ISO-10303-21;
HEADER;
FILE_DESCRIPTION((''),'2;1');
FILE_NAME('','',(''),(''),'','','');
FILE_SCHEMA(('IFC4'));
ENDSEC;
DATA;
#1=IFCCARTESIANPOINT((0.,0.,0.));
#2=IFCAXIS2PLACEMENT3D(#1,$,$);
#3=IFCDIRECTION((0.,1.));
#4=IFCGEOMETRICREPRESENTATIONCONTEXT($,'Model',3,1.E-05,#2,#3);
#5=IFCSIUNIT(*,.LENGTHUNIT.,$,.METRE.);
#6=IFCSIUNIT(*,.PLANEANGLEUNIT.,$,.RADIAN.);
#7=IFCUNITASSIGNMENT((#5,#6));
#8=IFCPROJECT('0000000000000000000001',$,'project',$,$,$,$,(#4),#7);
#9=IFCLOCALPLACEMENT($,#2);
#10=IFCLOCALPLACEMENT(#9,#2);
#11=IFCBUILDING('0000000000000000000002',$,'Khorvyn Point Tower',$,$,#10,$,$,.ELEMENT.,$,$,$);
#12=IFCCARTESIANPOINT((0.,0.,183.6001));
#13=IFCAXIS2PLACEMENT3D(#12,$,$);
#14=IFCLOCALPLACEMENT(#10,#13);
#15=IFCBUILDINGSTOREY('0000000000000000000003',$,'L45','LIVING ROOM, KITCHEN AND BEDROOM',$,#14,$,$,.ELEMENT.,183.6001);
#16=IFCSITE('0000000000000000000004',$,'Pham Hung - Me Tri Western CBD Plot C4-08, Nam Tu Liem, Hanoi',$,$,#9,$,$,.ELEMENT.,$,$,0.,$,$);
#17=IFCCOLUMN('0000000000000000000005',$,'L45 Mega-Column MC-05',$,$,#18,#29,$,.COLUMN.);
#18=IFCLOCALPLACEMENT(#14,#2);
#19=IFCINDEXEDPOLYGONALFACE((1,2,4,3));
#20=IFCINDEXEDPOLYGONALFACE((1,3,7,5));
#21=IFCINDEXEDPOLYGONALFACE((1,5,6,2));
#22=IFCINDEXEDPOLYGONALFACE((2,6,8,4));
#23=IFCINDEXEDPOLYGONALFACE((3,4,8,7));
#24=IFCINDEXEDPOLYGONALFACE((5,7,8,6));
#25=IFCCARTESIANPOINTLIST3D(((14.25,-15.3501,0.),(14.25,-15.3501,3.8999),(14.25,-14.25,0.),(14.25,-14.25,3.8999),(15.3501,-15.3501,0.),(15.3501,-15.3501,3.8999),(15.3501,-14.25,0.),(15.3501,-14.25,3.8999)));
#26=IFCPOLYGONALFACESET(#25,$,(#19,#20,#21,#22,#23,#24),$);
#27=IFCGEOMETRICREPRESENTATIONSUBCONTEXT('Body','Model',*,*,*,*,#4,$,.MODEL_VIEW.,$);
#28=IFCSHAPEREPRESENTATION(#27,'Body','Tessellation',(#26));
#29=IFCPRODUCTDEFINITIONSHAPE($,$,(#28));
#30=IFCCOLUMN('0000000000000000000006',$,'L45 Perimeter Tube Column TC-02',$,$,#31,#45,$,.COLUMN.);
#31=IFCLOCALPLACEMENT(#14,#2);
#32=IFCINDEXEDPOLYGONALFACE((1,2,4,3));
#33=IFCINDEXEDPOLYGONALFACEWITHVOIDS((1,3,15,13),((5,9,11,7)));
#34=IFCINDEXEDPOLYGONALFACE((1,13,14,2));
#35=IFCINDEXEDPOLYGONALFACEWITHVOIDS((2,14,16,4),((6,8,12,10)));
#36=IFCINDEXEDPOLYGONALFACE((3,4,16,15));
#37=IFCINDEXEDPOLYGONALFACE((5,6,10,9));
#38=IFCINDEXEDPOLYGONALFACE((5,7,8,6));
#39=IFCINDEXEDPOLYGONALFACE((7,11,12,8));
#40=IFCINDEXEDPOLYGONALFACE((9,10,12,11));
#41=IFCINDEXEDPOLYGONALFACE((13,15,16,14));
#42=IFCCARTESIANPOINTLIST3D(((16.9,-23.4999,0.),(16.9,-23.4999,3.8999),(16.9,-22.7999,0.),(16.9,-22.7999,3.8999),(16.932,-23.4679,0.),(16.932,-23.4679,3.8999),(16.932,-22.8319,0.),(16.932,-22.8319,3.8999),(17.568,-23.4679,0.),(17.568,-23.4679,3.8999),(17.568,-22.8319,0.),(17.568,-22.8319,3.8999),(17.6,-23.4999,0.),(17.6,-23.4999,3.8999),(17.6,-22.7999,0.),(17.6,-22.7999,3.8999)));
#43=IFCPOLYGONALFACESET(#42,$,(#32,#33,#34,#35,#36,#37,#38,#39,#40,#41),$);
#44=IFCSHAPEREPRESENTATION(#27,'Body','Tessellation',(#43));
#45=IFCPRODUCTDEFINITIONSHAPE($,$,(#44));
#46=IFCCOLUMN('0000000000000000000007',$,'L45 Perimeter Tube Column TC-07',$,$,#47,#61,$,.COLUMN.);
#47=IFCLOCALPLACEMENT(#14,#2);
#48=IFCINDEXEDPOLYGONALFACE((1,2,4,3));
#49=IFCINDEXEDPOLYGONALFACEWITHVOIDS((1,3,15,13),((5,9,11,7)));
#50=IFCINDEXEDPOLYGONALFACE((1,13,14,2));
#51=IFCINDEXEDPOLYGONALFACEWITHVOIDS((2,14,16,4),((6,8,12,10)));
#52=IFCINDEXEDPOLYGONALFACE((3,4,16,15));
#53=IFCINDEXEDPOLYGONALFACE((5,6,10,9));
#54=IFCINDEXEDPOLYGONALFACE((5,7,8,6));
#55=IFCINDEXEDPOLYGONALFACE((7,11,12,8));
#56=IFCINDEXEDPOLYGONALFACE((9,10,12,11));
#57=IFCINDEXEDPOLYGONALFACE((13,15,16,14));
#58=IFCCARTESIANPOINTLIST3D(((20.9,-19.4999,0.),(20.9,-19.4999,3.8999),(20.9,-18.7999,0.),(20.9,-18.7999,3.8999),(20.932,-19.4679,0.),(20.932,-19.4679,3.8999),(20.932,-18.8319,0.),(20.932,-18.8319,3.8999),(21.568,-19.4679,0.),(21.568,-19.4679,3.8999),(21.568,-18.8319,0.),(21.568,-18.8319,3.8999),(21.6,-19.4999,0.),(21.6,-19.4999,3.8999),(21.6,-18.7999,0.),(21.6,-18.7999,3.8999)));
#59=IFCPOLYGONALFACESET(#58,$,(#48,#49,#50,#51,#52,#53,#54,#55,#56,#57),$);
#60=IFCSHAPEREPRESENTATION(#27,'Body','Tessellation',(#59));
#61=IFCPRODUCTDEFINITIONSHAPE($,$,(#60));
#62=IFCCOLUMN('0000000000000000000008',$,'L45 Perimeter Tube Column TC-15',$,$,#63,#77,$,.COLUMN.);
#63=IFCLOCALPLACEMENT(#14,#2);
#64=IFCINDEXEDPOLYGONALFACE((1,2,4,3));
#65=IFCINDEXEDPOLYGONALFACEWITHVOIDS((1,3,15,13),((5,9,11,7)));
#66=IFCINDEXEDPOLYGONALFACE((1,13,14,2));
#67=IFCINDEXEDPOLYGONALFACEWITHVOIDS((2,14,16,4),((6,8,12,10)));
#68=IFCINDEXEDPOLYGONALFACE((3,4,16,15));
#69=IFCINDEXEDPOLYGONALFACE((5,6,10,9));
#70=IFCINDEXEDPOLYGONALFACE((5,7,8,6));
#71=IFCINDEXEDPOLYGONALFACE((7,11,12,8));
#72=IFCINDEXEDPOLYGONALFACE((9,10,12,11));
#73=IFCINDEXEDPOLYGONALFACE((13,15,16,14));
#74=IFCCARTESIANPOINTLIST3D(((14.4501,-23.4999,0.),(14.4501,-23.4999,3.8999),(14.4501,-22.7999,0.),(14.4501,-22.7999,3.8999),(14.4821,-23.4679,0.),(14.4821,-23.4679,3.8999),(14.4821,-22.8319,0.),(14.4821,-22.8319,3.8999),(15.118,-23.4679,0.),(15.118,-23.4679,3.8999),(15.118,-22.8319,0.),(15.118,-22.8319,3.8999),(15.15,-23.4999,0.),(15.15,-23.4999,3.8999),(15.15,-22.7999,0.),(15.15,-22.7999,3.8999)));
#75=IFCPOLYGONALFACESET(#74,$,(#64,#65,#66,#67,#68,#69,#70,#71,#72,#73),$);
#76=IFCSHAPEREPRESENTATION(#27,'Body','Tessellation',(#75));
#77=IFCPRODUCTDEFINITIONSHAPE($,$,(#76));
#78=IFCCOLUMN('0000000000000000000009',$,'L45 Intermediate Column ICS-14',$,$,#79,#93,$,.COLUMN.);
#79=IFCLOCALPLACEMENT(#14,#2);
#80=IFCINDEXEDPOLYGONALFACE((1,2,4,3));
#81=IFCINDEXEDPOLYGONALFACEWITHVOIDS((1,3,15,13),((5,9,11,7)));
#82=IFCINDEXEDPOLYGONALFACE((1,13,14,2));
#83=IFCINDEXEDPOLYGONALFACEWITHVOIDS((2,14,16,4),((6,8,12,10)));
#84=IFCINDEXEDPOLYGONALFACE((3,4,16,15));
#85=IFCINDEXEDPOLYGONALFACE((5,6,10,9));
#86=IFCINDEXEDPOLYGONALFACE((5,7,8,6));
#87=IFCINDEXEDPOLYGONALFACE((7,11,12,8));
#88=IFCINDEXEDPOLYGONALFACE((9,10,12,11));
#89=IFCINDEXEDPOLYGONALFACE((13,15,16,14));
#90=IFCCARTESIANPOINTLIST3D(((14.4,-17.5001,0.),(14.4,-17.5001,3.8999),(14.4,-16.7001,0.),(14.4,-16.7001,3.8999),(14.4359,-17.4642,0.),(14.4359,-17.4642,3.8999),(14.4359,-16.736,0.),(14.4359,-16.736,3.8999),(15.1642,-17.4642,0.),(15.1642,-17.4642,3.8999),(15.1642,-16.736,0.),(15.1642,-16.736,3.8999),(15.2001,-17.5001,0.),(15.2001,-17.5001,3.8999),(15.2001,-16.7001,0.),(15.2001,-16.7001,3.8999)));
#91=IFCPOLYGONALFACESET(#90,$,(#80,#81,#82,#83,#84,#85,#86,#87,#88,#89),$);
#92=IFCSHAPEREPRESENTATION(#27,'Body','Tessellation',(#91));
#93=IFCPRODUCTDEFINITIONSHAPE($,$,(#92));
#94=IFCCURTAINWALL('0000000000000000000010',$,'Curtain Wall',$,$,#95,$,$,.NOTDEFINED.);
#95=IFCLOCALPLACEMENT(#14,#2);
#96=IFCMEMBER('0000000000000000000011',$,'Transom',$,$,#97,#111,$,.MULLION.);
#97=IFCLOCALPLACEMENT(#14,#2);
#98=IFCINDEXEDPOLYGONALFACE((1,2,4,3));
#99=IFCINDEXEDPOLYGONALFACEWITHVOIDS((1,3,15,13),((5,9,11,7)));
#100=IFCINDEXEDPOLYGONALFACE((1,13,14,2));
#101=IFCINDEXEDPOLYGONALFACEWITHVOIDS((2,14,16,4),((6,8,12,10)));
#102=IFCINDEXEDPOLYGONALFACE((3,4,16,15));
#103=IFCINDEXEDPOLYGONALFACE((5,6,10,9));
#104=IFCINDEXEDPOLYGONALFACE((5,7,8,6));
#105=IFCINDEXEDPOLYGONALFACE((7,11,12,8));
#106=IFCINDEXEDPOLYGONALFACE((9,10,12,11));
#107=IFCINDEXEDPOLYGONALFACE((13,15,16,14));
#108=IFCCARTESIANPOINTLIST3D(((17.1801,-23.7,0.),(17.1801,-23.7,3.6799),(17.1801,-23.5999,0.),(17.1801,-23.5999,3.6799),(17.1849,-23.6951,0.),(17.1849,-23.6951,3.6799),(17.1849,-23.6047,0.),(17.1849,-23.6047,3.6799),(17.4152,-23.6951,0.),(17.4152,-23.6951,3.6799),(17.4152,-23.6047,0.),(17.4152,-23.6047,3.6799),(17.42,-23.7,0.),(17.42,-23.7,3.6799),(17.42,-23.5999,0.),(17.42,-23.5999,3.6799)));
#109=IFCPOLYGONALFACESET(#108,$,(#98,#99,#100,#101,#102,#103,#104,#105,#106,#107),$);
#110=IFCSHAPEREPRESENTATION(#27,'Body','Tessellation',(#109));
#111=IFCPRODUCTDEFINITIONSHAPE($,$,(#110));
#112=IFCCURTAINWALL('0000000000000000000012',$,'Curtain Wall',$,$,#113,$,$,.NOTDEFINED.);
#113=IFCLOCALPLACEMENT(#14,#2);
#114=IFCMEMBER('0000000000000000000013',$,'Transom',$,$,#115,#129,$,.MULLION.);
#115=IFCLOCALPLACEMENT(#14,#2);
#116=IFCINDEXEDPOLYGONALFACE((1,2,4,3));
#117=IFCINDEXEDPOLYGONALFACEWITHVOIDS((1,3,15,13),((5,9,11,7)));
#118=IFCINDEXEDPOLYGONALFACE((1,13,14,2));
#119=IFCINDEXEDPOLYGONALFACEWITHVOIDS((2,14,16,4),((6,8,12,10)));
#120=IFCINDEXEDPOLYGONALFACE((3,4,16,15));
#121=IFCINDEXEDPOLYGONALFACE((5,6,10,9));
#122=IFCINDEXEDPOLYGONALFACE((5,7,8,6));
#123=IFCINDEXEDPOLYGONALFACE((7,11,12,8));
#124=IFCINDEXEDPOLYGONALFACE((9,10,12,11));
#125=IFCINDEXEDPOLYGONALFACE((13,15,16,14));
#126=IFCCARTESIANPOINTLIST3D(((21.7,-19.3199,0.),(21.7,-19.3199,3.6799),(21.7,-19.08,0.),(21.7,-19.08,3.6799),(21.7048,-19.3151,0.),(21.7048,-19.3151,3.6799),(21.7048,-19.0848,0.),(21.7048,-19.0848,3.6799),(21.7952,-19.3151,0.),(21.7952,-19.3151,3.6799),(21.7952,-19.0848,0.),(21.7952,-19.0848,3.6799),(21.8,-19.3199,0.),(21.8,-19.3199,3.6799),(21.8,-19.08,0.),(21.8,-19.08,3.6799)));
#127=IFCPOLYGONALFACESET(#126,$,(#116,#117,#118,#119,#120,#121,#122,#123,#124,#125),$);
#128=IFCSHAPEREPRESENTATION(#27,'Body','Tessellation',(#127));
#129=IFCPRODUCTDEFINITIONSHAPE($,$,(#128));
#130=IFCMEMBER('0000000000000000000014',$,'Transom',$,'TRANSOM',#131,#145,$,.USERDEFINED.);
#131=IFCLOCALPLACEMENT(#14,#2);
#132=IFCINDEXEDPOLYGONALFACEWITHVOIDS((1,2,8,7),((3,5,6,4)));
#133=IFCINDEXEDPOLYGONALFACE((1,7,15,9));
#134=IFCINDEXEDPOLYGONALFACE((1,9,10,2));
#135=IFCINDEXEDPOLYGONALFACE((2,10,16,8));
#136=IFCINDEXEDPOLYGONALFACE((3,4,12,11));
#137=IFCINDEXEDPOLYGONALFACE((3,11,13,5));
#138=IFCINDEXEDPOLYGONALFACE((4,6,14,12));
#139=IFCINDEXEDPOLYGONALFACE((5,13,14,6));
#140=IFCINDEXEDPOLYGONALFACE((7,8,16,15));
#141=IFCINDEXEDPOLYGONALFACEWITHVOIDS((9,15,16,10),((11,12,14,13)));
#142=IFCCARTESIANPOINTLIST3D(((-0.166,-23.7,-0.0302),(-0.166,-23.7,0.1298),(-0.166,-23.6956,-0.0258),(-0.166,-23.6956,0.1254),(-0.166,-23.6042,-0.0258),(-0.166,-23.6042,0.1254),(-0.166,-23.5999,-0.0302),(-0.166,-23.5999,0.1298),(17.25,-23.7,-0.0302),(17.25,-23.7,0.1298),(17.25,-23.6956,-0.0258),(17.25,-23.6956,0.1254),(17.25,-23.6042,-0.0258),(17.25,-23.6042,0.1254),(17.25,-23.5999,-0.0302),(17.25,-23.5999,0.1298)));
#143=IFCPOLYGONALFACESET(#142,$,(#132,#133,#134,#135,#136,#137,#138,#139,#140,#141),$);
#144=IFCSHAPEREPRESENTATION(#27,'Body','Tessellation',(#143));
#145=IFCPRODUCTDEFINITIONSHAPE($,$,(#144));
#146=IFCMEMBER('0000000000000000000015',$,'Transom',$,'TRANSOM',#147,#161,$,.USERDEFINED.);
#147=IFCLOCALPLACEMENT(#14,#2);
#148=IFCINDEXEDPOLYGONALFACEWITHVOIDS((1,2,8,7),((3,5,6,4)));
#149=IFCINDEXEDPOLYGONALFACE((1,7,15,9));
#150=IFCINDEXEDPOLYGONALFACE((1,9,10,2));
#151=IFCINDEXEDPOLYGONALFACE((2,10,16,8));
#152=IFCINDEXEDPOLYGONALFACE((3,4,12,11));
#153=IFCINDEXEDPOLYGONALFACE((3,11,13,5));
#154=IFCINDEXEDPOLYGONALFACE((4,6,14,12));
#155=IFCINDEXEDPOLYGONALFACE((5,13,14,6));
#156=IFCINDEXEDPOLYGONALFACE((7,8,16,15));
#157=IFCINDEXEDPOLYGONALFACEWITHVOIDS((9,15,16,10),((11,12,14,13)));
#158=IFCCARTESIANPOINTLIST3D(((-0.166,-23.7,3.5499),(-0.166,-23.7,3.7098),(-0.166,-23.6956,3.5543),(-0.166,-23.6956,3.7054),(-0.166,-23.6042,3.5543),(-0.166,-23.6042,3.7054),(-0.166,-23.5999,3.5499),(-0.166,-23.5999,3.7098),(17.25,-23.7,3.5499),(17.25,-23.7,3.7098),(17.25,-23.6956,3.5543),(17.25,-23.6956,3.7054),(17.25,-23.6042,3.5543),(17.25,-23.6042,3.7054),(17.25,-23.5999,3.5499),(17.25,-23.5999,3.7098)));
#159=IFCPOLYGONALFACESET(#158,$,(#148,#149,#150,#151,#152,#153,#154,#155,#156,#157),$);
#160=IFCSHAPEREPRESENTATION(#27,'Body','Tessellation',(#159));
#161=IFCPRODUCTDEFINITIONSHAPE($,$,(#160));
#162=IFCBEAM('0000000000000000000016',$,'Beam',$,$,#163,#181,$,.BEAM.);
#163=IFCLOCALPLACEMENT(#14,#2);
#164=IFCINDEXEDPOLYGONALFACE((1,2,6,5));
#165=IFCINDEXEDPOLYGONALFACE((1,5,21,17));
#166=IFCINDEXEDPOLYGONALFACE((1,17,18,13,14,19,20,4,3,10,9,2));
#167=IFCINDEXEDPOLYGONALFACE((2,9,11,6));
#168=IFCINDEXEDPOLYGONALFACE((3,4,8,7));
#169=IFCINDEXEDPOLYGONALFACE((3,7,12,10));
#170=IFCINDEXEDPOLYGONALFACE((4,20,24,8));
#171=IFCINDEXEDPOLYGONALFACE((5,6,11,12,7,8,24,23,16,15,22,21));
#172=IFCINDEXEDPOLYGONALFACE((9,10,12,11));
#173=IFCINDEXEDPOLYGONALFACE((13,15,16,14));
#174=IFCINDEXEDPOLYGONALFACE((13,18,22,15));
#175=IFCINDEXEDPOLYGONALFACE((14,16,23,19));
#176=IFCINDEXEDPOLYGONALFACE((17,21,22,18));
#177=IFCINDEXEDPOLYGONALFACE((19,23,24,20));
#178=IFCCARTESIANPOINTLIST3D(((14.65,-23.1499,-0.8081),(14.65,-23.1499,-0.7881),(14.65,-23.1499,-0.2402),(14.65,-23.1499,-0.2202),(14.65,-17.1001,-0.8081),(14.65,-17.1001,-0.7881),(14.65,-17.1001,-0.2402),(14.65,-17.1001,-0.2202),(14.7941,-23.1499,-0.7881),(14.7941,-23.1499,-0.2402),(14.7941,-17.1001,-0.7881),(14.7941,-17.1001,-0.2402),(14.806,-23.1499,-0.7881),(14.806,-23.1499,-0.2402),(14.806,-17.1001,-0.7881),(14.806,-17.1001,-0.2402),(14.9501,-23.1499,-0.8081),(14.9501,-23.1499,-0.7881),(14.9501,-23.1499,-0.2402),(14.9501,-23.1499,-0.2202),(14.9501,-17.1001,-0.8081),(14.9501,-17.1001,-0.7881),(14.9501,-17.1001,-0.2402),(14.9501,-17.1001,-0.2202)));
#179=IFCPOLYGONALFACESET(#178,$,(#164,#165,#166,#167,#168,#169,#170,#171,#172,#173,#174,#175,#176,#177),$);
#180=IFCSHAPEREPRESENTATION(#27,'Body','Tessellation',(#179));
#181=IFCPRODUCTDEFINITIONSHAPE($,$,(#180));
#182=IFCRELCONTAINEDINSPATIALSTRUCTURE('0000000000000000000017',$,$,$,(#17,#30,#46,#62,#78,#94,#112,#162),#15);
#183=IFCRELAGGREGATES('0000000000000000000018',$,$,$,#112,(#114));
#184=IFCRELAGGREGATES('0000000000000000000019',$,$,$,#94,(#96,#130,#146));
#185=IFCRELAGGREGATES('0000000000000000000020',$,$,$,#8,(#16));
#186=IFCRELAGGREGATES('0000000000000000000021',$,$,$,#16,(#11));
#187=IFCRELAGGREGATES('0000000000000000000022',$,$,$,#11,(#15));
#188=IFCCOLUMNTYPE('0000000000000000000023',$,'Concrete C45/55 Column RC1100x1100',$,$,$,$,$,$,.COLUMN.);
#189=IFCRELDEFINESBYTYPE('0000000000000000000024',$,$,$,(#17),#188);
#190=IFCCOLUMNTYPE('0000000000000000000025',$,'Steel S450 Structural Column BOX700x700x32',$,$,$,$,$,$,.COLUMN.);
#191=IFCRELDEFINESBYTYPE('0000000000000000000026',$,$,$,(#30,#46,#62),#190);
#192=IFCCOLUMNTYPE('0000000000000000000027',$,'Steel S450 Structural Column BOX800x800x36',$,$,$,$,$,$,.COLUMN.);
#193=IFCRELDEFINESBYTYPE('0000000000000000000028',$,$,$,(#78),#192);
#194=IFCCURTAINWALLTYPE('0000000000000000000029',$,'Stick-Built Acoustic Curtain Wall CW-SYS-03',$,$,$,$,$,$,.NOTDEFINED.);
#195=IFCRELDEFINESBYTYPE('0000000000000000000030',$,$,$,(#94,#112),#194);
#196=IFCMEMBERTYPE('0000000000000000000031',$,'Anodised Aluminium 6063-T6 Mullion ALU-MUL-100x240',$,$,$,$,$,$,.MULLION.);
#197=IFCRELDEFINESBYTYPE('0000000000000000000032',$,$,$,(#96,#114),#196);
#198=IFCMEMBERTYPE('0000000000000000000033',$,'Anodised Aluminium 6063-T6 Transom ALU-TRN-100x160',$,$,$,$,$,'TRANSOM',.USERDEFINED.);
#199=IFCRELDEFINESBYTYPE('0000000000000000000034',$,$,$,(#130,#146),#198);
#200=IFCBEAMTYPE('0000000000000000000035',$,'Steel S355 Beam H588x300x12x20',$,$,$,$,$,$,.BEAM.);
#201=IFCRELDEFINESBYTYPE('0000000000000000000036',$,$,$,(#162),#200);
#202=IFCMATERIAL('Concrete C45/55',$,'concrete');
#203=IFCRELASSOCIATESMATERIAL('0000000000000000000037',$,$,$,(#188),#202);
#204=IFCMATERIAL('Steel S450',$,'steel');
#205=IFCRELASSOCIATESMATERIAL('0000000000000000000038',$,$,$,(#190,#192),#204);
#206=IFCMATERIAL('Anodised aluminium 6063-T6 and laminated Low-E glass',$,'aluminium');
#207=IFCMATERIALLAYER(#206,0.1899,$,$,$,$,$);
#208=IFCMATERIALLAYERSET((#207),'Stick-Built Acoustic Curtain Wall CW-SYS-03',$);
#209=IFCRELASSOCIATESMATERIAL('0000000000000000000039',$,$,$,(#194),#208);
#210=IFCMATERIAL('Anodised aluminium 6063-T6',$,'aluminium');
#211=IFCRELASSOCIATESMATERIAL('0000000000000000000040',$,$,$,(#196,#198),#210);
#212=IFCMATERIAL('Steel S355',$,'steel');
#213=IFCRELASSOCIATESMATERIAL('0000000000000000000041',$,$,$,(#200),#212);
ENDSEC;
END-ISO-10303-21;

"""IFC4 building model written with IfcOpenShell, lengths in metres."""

from ifc_helpers import new_model, si_unit, direction, frame, origin, origin_2d, place, context, subcontext, project, spatial, rectangle, hollow_rectangle, i_section, extrude, material, layer, layer_set, material_profile, profile_set, type_object, element, aggregate, save


model = new_model("IFC4")

# Units and contexts
model_context = context("Model", 3, precision=1e-05, world=origin(), true_north=direction((0.0, 1.0)))
body_context = subcontext(model_context, "Body", "Model", "MODEL_VIEW")
ifc_project = project(units=[si_unit("LENGTHUNIT", "METRE"), si_unit("PLANEANGLEUNIT", "RADIAN")], contexts=[model_context])

# Site, building, storey
site_placement = place(None, origin())
site = spatial("IfcSite", under=ifc_project, at=site_placement, Name="Pham Hung - Me Tri Western CBD Plot C4-08, Nam Tu Liem, Hanoi", CompositionType="ELEMENT", RefElevation=0.0)
building_placement = place(site_placement, origin())
building = spatial("IfcBuilding", under=site, at=building_placement, Name="Khorvyn Point Tower", CompositionType="ELEMENT")
storey_placement = place(building_placement, frame((0.0, 0.0, 183.6001)))
storey = spatial("IfcBuildingStorey", under=building, at=storey_placement, Name="L45", Description="LIVING ROOM, KITCHEN AND BEDROOM", CompositionType="ELEMENT", Elevation=183.6001)

# Columns
ifc_material_1 = material(Name="Concrete C45/55", Category="concrete")
ifc_material_profile_1 = material_profile(ifc_material_1, rectangle(XDim=1.1001, YDim=1.1001, at=origin_2d()))
ifc_profile_set_1 = profile_set([ifc_material_profile_1], Name="Concrete C45/55 RC1100x1100")
column_type_1 = type_object("IfcColumnType", Name="Concrete C45/55 Column RC1100x1100", PredefinedType="COLUMN", material=ifc_profile_set_1)
column_1_placement = place(storey_placement, frame((14.8, -14.8, 0.0), z_axis=(0.0, 0.0, 1.0), x_axis=(1.0, 0.0, 0.0)))
element("IfcColumn", 1, at=column_1_placement, inside=storey, type_object=column_type_1, Name="L45 Mega-Column MC-05", PredefinedType="COLUMN", context=body_context, shape_type="SweptSolid", body=[
    extrude(rectangle(XDim=1.1001, YDim=1.1001, at=origin_2d()), origin(), (0.0, 0.0, 1.0), 3.8999),
])
ifc_material_2 = material(Name="Steel S450", Category="steel")
ifc_material_profile_2 = material_profile(ifc_material_2, hollow_rectangle(XDim=0.7, YDim=0.7, WallThickness=0.032, at=origin_2d()))
ifc_profile_set_2 = profile_set([ifc_material_profile_2], Name="Steel S450 BOX700x700x32")
column_type_2 = type_object("IfcColumnType", Name="Steel S450 Structural Column BOX700x700x32", PredefinedType="COLUMN", material=ifc_profile_set_2)
for number, where, z_axis, x_axis, name in (
    (2, (17.25, -23.1499, 0.0), (0.0, 0.0, 1.0), (1.0, 0.0, 0.0), "L45 Perimeter Tube Column TC-02"),
    (3, (21.25, -19.1499, 0.0), (0.0, 0.0, 1.0), (1.0, 0.0, 0.0), "L45 Perimeter Tube Column TC-07"),
    (4, (14.8, -23.1499, 0.0), (0.0, 0.0, 1.0), (1.0, 0.0, 0.0), "L45 Perimeter Tube Column TC-15"),
):
    element("IfcColumn", number, at=place(storey_placement, frame(where, z_axis=z_axis, x_axis=x_axis)), inside=storey, type_object=column_type_2, Name=name, PredefinedType="COLUMN", context=body_context, shape_type="SweptSolid", body=[
        extrude(hollow_rectangle(XDim=0.7, YDim=0.7, WallThickness=0.032, at=origin_2d()), origin(), (0.0, 0.0, 1.0), 3.8999),
    ])
ifc_material_profile_3 = material_profile(ifc_material_2, hollow_rectangle(XDim=0.8, YDim=0.8, WallThickness=0.0359, at=origin_2d()))
ifc_profile_set_3 = profile_set([ifc_material_profile_3], Name="Steel S450 BOX800x800x36")
column_type_3 = type_object("IfcColumnType", Name="Steel S450 Structural Column BOX800x800x36", PredefinedType="COLUMN", material=ifc_profile_set_3)
column_2_placement = place(storey_placement, frame((14.8, -17.1001, 0.0), z_axis=(0.0, 0.0, 1.0), x_axis=(1.0, 0.0, 0.0)))
element("IfcColumn", 5, at=column_2_placement, inside=storey, type_object=column_type_3, Name="L45 Intermediate Column ICS-14", PredefinedType="COLUMN", context=body_context, shape_type="SweptSolid", body=[
    extrude(hollow_rectangle(XDim=0.8, YDim=0.8, WallThickness=0.0359, at=origin_2d()), origin(), (0.0, 0.0, 1.0), 3.8999),
])

# Curtain walls, members
ifc_material_3 = material(Name="Anodised aluminium 6063-T6 and laminated Low-E glass", Category="aluminium")
ifc_layer_1 = layer(ifc_material_3, 0.1899)
ifc_layer_set_1 = layer_set([ifc_layer_1], Name="Stick-Built Acoustic Curtain Wall CW-SYS-03")
curtain_wall_type = type_object("IfcCurtainWallType", Name="Stick-Built Acoustic Curtain Wall CW-SYS-03", PredefinedType="NOTDEFINED", material=ifc_layer_set_1)
curtain_wall_1_placement = place(storey_placement, origin())
curtain_wall_1 = element("IfcCurtainWall", 6, at=curtain_wall_1_placement, inside=storey, type_object=curtain_wall_type, Name="Curtain Wall", PredefinedType="NOTDEFINED")
ifc_material_4 = material(Name="Anodised aluminium 6063-T6", Category="aluminium")
ifc_material_profile_4 = material_profile(ifc_material_4, hollow_rectangle(XDim=0.1001, YDim=0.24, WallThickness=0.0049, at=origin_2d()))
ifc_profile_set_4 = profile_set([ifc_material_profile_4], Name="Anodised aluminium 6063-T6 ALU-MUL-100x240")
member_type_1 = type_object("IfcMemberType", Name="Anodised Aluminium 6063-T6 Mullion ALU-MUL-100x240", PredefinedType="MULLION", material=ifc_profile_set_4)
member_1_placement = place(storey_placement, frame((17.3, -23.6499, 0.0), z_axis=(0.0, 0.0, 1.0), x_axis=(0.0, -1.0, 0.0)))
member_1 = element("IfcMember", 7, at=member_1_placement, type_object=member_type_1, Name="Transom", PredefinedType="MULLION", context=body_context, shape_type="SweptSolid", body=[
    extrude(hollow_rectangle(XDim=0.1001, YDim=0.24, WallThickness=0.0049, at=origin_2d()), origin(), (0.0, 0.0, 1.0), 3.6799),
])
curtain_wall_2_placement = place(storey_placement, origin())
curtain_wall_2 = element("IfcCurtainWall", 8, at=curtain_wall_2_placement, inside=storey, type_object=curtain_wall_type, Name="Curtain Wall", PredefinedType="NOTDEFINED")
member_2_placement = place(storey_placement, frame((21.75, -19.2, 0.0), z_axis=(0.0, 0.0, 1.0), x_axis=(1.0, 0.0, 0.0)))
member_2 = element("IfcMember", 9, at=member_2_placement, type_object=member_type_1, Name="Transom", PredefinedType="MULLION", context=body_context, shape_type="SweptSolid", body=[
    extrude(hollow_rectangle(XDim=0.1001, YDim=0.24, WallThickness=0.0049, at=origin_2d()), origin(), (0.0, 0.0, 1.0), 3.6799),
])
aggregate(curtain_wall_2, [member_2])

# Members
ifc_material_profile_5 = material_profile(ifc_material_4, hollow_rectangle(XDim=0.1001, YDim=0.1599, WallThickness=0.0044, at=origin_2d()))
ifc_profile_set_5 = profile_set([ifc_material_profile_5], Name="Anodised aluminium 6063-T6 ALU-TRN-100x160")
member_type_2 = type_object("IfcMemberType", Name="Anodised Aluminium 6063-T6 Transom ALU-TRN-100x160", ElementType="TRANSOM", PredefinedType="USERDEFINED", material=ifc_profile_set_5)
member_3_placement = place(storey_placement, frame((17.25, -23.6499, 0.0498), z_axis=(-1.0, 0.0, 0.0), x_axis=(0.0, -1.0, 0.0)))
member_3 = element("IfcMember", 10, at=member_3_placement, type_object=member_type_2, Name="Transom", ObjectType="TRANSOM", PredefinedType="USERDEFINED", context=body_context, shape_type="SweptSolid", body=[
    extrude(hollow_rectangle(XDim=0.1001, YDim=0.1599, WallThickness=0.0044, at=origin_2d()), origin(), (0.0, 0.0, 1.0), 17.416),
])
member_4_placement = place(storey_placement, frame((17.25, -23.6499, 3.6299), z_axis=(-1.0, 0.0, 0.0), x_axis=(0.0, -1.0, 0.0)))
member_4 = element("IfcMember", 11, at=member_4_placement, type_object=member_type_2, Name="Transom", ObjectType="TRANSOM", PredefinedType="USERDEFINED", context=body_context, shape_type="SweptSolid", body=[
    extrude(hollow_rectangle(XDim=0.1001, YDim=0.1599, WallThickness=0.0044, at=origin_2d()), origin(), (0.0, 0.0, 1.0), 17.416),
])

# Beam
ifc_material_5 = material(Name="Steel S355", Category="steel")
ifc_material_profile_6 = material_profile(ifc_material_5, i_section(OverallWidth=0.3, OverallDepth=0.5879, WebThickness=0.012, FlangeThickness=0.02, at=origin_2d()))
ifc_profile_set_6 = profile_set([ifc_material_profile_6], Name="Steel S355 H588x300x12x20")
beam_type_1 = type_object("IfcBeamType", Name="Steel S355 Beam H588x300x12x20", PredefinedType="BEAM", material=ifc_profile_set_6)
beam_1_placement = place(storey_placement, frame((14.8, -23.1499, -0.5142), z_axis=(0.0, 1.0, 0.0), x_axis=(-1.0, 0.0, 0.0)))
element("IfcBeam", 12, at=beam_1_placement, inside=storey, type_object=beam_type_1, Name="Beam", PredefinedType="BEAM", context=body_context, shape_type="SweptSolid", body=[
    extrude(i_section(OverallWidth=0.3, OverallDepth=0.5879, WebThickness=0.012, FlangeThickness=0.02, at=origin_2d()), origin(), (0.0, 0.0, 1.0), 6.0498),
])

aggregate(curtain_wall_1, [member_1, member_3, member_4])

save(model, "model.ifc")
